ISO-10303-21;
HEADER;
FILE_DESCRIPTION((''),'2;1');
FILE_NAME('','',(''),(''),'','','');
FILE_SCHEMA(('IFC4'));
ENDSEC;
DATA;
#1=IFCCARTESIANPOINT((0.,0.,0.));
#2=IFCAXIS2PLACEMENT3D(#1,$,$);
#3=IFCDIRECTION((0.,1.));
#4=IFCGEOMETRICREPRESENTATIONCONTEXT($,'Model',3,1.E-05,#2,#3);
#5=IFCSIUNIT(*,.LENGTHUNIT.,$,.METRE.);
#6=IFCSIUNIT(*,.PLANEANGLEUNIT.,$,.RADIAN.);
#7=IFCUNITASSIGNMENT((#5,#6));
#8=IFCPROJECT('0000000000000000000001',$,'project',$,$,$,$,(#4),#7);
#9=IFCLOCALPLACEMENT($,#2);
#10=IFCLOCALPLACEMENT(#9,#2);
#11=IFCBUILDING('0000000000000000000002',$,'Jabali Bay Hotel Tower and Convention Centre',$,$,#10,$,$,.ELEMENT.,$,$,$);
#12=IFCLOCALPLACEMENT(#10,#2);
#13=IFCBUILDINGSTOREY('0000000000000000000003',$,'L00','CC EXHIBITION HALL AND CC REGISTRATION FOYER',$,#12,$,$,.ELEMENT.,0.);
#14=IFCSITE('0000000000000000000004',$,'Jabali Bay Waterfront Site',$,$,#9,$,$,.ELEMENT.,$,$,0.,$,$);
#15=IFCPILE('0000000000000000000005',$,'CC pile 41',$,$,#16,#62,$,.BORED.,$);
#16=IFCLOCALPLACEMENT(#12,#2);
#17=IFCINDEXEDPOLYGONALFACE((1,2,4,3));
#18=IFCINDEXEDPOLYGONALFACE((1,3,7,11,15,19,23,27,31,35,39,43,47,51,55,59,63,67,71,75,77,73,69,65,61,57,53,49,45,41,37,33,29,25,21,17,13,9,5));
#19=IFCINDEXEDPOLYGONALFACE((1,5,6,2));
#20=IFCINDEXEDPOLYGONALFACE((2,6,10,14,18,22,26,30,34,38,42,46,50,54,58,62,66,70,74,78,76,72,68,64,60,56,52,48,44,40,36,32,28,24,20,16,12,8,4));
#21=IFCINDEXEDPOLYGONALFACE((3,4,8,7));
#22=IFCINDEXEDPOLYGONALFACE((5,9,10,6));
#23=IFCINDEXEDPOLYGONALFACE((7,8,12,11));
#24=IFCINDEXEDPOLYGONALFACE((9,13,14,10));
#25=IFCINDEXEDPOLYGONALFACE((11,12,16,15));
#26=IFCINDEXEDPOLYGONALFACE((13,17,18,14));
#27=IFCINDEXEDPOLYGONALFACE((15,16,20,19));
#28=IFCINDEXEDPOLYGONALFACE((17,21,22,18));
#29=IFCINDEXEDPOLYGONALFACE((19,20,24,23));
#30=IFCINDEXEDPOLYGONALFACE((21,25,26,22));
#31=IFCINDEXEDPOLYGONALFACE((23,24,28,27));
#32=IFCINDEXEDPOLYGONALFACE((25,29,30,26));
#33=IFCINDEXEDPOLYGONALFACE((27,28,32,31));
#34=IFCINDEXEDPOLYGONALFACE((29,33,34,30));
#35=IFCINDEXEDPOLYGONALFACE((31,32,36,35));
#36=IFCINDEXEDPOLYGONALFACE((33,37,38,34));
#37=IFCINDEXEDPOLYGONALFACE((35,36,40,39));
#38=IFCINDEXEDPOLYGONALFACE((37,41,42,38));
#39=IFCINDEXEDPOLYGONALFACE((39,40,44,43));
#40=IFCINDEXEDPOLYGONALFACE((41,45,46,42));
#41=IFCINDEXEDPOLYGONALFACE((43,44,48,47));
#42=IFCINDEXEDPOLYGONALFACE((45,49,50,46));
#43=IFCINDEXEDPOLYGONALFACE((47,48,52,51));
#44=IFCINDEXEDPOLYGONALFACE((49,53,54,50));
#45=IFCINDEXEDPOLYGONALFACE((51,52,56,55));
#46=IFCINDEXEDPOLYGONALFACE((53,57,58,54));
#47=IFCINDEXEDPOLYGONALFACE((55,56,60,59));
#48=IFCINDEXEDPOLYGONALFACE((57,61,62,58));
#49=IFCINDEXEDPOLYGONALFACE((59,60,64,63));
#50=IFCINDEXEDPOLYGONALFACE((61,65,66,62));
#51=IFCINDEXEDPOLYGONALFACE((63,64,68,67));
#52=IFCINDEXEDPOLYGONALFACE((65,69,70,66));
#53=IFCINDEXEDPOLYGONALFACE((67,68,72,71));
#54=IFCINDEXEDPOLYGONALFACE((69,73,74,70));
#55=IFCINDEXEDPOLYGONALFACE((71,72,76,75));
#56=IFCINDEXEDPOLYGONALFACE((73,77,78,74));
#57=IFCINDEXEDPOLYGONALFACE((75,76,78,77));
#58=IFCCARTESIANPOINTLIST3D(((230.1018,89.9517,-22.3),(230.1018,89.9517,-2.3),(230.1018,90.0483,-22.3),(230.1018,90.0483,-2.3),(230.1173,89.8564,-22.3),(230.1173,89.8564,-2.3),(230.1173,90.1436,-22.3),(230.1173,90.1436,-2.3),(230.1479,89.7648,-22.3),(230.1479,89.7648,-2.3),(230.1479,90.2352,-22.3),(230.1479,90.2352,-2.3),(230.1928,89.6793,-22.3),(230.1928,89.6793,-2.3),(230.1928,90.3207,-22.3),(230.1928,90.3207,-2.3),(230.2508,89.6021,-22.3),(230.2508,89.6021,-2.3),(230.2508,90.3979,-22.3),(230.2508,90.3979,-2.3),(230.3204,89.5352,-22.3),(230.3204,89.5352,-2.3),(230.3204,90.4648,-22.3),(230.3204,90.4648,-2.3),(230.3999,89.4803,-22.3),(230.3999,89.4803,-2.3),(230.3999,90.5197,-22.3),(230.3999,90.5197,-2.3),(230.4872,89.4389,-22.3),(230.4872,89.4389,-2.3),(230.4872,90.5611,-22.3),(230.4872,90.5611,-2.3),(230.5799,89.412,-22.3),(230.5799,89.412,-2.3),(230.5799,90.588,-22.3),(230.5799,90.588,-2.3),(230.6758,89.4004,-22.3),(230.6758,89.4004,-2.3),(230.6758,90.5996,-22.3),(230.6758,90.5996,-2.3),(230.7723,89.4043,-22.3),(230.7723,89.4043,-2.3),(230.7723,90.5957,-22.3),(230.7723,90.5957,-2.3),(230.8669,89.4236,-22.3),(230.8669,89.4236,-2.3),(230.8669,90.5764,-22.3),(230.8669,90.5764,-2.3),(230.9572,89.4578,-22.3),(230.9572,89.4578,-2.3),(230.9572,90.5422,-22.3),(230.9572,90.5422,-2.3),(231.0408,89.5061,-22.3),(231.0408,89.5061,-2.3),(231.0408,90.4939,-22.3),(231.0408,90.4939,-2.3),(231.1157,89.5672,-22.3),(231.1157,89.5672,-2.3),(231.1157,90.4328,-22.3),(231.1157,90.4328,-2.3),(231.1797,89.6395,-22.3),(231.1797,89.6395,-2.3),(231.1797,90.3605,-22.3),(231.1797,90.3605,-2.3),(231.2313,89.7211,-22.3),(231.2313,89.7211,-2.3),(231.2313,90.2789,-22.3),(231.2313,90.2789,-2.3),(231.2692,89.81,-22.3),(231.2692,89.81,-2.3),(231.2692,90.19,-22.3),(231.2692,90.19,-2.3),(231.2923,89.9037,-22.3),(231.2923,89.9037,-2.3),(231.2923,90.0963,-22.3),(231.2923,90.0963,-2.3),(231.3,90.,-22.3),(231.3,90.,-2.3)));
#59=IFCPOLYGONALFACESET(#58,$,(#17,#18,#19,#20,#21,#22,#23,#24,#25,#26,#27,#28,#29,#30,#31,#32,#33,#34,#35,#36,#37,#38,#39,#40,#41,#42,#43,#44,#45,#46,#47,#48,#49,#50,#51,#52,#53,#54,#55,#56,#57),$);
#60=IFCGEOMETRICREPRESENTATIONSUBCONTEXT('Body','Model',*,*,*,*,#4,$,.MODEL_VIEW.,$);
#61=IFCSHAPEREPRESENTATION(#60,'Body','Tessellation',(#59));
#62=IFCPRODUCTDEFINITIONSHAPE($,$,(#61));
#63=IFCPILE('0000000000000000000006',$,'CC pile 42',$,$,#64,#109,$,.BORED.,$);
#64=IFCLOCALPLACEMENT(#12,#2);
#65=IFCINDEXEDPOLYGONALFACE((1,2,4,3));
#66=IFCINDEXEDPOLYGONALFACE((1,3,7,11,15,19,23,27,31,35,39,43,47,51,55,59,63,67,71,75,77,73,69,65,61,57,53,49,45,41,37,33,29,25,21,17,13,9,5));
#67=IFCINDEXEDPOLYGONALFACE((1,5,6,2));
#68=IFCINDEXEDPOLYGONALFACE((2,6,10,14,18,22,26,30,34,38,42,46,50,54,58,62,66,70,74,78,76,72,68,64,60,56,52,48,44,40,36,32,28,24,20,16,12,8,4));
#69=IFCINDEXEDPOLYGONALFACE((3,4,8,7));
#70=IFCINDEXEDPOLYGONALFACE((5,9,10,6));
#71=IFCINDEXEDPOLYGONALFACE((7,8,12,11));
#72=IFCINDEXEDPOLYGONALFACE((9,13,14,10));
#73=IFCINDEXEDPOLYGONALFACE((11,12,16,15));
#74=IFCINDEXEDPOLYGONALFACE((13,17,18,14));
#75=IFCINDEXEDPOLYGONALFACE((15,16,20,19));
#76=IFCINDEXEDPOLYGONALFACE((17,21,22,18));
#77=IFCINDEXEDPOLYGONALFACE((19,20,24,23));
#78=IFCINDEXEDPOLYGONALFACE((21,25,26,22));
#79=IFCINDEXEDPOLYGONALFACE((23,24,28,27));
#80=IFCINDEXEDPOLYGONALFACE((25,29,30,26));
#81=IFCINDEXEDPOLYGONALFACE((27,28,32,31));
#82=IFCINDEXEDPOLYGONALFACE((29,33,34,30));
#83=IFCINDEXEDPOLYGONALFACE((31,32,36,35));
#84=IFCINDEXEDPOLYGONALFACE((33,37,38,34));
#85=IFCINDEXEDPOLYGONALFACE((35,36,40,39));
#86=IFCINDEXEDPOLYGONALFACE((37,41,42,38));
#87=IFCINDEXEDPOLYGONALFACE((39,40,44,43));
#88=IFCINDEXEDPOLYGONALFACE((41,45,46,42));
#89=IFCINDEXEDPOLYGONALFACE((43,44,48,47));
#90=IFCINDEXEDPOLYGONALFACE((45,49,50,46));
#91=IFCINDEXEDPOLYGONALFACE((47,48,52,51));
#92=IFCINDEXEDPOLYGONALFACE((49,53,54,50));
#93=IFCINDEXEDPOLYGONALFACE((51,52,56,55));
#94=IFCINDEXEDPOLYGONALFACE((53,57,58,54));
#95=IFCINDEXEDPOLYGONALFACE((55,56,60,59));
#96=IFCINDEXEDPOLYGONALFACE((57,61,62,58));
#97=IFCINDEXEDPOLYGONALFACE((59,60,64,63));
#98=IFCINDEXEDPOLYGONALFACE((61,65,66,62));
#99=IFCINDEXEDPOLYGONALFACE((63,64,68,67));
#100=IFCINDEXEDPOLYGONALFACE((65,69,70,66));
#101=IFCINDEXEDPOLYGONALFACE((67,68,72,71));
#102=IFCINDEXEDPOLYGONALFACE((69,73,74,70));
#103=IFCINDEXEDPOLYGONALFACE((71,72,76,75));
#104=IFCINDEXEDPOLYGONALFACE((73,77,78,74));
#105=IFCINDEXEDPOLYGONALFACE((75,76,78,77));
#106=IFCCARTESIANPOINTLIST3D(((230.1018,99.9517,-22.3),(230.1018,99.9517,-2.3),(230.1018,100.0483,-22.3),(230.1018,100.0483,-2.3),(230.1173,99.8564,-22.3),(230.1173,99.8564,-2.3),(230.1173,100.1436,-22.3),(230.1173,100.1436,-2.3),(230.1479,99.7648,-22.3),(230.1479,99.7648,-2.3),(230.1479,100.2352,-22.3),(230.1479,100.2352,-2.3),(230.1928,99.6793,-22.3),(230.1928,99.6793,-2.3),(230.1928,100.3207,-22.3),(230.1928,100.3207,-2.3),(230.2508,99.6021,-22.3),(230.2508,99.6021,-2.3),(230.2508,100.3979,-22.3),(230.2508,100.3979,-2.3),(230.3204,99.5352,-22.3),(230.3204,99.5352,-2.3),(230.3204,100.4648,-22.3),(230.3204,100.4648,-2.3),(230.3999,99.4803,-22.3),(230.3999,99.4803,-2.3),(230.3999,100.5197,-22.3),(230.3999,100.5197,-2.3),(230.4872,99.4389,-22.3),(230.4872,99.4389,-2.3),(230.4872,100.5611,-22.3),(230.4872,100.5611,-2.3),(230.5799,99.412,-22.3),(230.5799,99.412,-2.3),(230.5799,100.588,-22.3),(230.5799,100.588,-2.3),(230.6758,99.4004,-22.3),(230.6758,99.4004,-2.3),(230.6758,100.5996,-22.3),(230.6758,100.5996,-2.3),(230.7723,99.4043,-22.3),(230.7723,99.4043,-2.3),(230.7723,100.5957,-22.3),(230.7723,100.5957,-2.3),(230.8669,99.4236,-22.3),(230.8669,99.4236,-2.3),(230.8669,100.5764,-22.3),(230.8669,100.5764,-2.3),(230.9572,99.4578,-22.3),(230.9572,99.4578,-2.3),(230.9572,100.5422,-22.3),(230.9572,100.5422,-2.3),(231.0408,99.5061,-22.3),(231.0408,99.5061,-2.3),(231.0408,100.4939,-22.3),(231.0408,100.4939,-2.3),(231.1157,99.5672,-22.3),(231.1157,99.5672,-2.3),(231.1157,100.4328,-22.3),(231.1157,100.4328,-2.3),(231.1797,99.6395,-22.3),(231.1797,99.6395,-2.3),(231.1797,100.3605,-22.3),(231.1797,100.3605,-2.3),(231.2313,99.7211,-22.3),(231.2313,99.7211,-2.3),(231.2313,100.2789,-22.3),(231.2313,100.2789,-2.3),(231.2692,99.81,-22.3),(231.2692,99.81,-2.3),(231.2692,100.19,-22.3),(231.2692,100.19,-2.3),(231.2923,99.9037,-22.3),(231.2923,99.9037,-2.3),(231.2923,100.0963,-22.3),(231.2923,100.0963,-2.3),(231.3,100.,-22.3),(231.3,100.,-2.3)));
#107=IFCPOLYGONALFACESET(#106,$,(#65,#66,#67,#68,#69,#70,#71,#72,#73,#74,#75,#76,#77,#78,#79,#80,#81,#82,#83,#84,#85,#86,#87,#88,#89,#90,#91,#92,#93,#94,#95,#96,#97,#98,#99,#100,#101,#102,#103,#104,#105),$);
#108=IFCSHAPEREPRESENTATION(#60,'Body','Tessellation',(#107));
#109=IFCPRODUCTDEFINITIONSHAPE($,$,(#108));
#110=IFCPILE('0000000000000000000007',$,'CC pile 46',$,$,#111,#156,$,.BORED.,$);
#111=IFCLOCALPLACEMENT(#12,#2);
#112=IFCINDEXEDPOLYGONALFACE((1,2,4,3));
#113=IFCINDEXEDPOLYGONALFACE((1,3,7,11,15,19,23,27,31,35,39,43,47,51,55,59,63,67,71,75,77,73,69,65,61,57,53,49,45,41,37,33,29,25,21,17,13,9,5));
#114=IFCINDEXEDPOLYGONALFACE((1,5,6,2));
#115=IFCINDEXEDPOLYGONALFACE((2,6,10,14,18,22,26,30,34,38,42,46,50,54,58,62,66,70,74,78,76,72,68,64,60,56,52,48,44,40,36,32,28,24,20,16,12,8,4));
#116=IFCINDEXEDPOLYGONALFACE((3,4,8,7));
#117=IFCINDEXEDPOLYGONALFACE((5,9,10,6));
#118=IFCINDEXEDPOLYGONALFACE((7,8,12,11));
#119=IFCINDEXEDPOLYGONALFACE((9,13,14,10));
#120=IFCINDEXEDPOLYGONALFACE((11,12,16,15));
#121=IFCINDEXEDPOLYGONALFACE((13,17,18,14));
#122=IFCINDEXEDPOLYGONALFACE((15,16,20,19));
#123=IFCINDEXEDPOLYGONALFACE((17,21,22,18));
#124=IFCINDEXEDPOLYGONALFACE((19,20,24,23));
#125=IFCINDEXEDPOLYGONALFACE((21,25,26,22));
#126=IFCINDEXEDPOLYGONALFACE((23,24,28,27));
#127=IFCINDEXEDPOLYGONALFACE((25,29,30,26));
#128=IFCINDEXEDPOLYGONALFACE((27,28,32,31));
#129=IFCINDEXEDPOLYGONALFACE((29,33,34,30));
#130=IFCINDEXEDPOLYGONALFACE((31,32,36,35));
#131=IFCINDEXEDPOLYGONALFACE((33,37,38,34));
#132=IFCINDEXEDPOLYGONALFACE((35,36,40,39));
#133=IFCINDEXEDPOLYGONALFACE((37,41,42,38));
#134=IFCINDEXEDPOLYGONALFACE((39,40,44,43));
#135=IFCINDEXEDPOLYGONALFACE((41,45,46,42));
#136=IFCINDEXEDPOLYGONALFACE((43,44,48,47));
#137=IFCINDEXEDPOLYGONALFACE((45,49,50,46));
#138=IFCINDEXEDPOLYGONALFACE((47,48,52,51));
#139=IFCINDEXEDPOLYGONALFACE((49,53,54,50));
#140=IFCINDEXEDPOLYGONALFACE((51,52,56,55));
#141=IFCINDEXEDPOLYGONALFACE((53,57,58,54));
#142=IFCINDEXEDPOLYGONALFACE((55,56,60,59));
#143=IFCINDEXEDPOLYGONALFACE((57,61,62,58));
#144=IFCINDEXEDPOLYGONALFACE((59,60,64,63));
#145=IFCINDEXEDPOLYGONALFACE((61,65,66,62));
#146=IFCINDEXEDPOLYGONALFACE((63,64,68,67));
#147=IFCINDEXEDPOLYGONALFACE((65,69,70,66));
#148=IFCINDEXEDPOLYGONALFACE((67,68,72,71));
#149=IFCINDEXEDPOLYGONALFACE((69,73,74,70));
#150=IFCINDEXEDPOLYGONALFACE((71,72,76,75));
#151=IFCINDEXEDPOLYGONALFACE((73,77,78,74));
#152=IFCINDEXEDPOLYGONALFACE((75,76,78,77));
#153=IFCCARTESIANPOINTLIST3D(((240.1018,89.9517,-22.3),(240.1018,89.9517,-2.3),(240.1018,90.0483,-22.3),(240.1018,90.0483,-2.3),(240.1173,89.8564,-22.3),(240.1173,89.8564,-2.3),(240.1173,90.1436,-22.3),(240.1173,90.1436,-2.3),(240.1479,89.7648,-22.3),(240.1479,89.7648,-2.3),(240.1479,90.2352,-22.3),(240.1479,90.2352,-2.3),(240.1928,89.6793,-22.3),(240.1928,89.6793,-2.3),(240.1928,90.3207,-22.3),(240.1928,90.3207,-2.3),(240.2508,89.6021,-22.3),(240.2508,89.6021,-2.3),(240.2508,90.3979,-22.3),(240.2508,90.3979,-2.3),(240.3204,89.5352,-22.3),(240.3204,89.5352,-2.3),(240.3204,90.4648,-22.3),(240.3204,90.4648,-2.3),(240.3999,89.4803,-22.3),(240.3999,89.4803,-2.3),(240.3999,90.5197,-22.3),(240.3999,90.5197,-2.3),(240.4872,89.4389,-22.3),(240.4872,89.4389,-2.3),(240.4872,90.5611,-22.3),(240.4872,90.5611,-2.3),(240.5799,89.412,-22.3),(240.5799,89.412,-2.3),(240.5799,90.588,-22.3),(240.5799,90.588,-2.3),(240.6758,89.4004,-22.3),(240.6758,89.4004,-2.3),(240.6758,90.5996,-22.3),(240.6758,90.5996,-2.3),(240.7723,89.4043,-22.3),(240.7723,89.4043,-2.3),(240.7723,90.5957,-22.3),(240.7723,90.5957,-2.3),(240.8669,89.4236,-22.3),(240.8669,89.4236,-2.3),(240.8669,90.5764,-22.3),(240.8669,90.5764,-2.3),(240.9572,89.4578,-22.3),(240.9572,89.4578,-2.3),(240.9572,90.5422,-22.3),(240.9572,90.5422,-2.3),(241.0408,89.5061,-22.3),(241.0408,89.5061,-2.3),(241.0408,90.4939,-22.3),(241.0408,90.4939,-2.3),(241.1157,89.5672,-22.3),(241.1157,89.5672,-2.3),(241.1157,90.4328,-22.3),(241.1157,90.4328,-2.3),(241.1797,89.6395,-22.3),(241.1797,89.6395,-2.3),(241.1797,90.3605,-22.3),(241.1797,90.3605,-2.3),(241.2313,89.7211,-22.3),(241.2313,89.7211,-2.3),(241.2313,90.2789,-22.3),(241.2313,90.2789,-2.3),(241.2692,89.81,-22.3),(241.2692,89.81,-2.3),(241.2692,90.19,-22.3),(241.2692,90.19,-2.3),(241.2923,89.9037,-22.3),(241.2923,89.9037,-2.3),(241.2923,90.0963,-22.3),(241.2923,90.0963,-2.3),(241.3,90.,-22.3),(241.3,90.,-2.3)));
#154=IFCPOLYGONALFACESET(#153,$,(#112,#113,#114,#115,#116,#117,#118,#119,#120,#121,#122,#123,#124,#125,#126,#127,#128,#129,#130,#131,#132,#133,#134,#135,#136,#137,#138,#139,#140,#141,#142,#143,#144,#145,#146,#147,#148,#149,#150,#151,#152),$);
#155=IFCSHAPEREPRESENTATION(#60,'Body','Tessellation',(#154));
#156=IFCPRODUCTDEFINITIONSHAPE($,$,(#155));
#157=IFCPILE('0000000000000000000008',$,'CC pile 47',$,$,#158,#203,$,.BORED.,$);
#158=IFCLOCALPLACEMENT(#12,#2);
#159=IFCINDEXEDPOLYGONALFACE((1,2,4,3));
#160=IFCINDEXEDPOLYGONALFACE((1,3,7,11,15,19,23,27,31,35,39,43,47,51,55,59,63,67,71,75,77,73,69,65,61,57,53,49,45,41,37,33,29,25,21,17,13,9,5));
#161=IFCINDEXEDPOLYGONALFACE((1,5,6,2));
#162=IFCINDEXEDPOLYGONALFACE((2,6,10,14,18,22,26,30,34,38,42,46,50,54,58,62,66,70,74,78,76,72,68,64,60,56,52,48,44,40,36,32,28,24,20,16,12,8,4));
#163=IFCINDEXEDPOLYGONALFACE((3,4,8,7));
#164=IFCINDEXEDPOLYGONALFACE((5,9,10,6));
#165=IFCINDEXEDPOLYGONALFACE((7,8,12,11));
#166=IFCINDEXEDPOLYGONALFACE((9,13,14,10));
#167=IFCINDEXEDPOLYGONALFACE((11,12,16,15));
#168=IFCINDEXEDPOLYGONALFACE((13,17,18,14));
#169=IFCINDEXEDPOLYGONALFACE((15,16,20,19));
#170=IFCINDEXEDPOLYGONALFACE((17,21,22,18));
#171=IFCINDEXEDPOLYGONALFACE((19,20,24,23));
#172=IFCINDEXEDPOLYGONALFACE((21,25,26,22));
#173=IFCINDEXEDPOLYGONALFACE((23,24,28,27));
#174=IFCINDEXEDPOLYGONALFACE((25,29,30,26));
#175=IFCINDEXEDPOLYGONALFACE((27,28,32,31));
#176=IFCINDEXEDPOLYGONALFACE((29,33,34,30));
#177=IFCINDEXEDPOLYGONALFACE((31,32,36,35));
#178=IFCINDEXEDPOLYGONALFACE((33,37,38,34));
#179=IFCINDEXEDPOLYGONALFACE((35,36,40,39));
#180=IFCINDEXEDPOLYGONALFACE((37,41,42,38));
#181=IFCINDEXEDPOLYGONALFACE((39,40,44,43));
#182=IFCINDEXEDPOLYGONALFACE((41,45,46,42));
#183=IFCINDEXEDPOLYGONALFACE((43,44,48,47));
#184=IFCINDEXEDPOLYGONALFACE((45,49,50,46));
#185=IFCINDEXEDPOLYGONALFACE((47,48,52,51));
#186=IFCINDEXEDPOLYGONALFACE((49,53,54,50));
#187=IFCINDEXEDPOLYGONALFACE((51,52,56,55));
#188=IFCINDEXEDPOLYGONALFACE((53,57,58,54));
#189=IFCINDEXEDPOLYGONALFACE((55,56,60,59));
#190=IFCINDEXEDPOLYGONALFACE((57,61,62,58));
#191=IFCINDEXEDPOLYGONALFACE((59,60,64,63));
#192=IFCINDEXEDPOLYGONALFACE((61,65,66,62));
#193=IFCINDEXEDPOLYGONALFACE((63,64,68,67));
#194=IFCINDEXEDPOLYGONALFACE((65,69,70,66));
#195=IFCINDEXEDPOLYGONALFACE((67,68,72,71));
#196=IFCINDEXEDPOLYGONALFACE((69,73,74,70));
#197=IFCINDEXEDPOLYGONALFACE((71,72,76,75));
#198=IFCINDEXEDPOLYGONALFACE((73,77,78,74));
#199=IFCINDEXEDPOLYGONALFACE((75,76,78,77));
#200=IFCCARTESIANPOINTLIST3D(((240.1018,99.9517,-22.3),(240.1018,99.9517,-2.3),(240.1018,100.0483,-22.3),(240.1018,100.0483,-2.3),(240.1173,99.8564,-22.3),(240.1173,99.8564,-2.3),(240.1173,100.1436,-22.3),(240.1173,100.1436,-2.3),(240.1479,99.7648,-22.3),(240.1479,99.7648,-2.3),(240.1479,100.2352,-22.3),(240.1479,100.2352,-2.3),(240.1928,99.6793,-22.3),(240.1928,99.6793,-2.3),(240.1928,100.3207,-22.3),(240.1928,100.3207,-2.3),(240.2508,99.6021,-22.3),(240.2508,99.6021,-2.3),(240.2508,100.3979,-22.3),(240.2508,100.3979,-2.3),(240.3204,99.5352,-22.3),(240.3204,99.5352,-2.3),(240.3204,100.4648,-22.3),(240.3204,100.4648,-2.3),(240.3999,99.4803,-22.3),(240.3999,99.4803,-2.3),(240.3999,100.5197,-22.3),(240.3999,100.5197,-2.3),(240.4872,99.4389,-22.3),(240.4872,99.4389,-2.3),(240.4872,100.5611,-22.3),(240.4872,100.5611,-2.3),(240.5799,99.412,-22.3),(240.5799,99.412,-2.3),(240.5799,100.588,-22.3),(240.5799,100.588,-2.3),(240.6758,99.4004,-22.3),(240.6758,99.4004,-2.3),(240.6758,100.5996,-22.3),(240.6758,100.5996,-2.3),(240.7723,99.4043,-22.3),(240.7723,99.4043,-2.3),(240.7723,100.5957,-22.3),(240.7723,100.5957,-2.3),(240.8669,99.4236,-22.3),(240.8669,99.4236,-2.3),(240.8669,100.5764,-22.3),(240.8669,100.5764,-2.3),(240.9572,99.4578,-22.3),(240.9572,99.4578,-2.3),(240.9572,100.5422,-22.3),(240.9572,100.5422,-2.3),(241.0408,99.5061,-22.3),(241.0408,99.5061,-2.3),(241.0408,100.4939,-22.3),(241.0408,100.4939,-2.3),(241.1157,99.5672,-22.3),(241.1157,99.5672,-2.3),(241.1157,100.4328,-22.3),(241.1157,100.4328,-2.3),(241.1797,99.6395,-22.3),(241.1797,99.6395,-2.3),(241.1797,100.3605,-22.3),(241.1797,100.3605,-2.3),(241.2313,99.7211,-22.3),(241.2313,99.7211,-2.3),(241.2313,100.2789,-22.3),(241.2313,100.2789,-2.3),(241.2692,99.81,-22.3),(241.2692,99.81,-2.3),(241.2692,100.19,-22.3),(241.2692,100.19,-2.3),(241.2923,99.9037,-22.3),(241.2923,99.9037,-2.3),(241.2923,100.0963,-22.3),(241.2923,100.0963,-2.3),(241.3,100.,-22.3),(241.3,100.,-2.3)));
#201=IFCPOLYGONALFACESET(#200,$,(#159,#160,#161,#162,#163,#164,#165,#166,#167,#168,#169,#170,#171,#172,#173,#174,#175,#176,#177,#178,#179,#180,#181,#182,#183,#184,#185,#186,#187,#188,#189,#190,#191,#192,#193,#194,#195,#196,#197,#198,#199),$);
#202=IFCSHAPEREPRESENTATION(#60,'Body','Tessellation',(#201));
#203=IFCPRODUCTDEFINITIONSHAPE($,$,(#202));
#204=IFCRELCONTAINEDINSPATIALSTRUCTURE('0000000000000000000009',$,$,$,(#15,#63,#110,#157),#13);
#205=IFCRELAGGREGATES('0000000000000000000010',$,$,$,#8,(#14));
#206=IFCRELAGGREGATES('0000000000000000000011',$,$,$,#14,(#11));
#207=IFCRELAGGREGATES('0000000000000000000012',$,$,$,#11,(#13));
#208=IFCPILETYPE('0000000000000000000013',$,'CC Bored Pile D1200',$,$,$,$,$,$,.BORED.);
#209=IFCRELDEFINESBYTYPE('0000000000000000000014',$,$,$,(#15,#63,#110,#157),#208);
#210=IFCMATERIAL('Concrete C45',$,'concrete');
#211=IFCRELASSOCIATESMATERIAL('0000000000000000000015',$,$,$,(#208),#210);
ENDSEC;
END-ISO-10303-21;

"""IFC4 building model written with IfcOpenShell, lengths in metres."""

from ifc_helpers import new_model, si_unit, direction, frame, origin, origin_2d, place, context, subcontext, project, spatial, circle, extrude, material, material_profile, profile_set, type_object, element, save


model = new_model("IFC4")

# Units and contexts
model_context = context("Model", 3, precision=1e-05, world=origin(), true_north=direction((0.0, 1.0)))
body_context = subcontext(model_context, "Body", "Model", "MODEL_VIEW")
ifc_project = project(units=[si_unit("LENGTHUNIT", "METRE"), si_unit("PLANEANGLEUNIT", "RADIAN")], contexts=[model_context])

# Site, building, storey
site_placement = place(None, origin())
site = spatial("IfcSite", under=ifc_project, at=site_placement, Name="Jabali Bay Waterfront Site", CompositionType="ELEMENT", RefElevation=0.0)
building_placement = place(site_placement, origin())
building = spatial("IfcBuilding", under=site, at=building_placement, Name="Jabali Bay Hotel Tower and Convention Centre", CompositionType="ELEMENT")
storey_placement = place(building_placement, origin())
storey = spatial("IfcBuildingStorey", under=building, at=storey_placement, Name="L00", Description="CC EXHIBITION HALL AND CC REGISTRATION FOYER", CompositionType="ELEMENT", Elevation=0.0)

# Piles
ifc_material_1 = material(Name="Concrete C45", Category="concrete")
ifc_material_profile_1 = material_profile(ifc_material_1, circle(Radius=0.6001, at=origin_2d()), Name="D1200")
ifc_profile_set_1 = profile_set([ifc_material_profile_1], Name="Concrete C45")
pile_type = type_object("IfcPileType", Name="CC Bored Pile D1200", PredefinedType="BORED", material=ifc_profile_set_1)
for number, where, z_axis, x_axis, name in (
    (1, (230.7, 90.0, -2.3), (0.0, 0.0, -1.0), (1.0, 0.0, 0.0), "CC pile 41"),
    (2, (230.7, 100.0, -2.3), (0.0, 0.0, -1.0), (1.0, 0.0, 0.0), "CC pile 42"),
    (3, (240.7, 90.0, -2.3), (0.0, 0.0, -1.0), (1.0, 0.0, 0.0), "CC pile 46"),
    (4, (240.7, 100.0, -2.3), (0.0, 0.0, -1.0), (1.0, 0.0, 0.0), "CC pile 47"),
):
    element("IfcPile", number, at=place(storey_placement, frame(where, z_axis=z_axis, x_axis=x_axis)), inside=storey, type_object=pile_type, Name=name, PredefinedType="BORED", context=body_context, shape_type="SweptSolid", body=[
        extrude(circle(Radius=0.6001, at=origin_2d()), origin(), (0.0, 0.0, 1.0), 20.0),
    ])

save(model, "model.ifc")
